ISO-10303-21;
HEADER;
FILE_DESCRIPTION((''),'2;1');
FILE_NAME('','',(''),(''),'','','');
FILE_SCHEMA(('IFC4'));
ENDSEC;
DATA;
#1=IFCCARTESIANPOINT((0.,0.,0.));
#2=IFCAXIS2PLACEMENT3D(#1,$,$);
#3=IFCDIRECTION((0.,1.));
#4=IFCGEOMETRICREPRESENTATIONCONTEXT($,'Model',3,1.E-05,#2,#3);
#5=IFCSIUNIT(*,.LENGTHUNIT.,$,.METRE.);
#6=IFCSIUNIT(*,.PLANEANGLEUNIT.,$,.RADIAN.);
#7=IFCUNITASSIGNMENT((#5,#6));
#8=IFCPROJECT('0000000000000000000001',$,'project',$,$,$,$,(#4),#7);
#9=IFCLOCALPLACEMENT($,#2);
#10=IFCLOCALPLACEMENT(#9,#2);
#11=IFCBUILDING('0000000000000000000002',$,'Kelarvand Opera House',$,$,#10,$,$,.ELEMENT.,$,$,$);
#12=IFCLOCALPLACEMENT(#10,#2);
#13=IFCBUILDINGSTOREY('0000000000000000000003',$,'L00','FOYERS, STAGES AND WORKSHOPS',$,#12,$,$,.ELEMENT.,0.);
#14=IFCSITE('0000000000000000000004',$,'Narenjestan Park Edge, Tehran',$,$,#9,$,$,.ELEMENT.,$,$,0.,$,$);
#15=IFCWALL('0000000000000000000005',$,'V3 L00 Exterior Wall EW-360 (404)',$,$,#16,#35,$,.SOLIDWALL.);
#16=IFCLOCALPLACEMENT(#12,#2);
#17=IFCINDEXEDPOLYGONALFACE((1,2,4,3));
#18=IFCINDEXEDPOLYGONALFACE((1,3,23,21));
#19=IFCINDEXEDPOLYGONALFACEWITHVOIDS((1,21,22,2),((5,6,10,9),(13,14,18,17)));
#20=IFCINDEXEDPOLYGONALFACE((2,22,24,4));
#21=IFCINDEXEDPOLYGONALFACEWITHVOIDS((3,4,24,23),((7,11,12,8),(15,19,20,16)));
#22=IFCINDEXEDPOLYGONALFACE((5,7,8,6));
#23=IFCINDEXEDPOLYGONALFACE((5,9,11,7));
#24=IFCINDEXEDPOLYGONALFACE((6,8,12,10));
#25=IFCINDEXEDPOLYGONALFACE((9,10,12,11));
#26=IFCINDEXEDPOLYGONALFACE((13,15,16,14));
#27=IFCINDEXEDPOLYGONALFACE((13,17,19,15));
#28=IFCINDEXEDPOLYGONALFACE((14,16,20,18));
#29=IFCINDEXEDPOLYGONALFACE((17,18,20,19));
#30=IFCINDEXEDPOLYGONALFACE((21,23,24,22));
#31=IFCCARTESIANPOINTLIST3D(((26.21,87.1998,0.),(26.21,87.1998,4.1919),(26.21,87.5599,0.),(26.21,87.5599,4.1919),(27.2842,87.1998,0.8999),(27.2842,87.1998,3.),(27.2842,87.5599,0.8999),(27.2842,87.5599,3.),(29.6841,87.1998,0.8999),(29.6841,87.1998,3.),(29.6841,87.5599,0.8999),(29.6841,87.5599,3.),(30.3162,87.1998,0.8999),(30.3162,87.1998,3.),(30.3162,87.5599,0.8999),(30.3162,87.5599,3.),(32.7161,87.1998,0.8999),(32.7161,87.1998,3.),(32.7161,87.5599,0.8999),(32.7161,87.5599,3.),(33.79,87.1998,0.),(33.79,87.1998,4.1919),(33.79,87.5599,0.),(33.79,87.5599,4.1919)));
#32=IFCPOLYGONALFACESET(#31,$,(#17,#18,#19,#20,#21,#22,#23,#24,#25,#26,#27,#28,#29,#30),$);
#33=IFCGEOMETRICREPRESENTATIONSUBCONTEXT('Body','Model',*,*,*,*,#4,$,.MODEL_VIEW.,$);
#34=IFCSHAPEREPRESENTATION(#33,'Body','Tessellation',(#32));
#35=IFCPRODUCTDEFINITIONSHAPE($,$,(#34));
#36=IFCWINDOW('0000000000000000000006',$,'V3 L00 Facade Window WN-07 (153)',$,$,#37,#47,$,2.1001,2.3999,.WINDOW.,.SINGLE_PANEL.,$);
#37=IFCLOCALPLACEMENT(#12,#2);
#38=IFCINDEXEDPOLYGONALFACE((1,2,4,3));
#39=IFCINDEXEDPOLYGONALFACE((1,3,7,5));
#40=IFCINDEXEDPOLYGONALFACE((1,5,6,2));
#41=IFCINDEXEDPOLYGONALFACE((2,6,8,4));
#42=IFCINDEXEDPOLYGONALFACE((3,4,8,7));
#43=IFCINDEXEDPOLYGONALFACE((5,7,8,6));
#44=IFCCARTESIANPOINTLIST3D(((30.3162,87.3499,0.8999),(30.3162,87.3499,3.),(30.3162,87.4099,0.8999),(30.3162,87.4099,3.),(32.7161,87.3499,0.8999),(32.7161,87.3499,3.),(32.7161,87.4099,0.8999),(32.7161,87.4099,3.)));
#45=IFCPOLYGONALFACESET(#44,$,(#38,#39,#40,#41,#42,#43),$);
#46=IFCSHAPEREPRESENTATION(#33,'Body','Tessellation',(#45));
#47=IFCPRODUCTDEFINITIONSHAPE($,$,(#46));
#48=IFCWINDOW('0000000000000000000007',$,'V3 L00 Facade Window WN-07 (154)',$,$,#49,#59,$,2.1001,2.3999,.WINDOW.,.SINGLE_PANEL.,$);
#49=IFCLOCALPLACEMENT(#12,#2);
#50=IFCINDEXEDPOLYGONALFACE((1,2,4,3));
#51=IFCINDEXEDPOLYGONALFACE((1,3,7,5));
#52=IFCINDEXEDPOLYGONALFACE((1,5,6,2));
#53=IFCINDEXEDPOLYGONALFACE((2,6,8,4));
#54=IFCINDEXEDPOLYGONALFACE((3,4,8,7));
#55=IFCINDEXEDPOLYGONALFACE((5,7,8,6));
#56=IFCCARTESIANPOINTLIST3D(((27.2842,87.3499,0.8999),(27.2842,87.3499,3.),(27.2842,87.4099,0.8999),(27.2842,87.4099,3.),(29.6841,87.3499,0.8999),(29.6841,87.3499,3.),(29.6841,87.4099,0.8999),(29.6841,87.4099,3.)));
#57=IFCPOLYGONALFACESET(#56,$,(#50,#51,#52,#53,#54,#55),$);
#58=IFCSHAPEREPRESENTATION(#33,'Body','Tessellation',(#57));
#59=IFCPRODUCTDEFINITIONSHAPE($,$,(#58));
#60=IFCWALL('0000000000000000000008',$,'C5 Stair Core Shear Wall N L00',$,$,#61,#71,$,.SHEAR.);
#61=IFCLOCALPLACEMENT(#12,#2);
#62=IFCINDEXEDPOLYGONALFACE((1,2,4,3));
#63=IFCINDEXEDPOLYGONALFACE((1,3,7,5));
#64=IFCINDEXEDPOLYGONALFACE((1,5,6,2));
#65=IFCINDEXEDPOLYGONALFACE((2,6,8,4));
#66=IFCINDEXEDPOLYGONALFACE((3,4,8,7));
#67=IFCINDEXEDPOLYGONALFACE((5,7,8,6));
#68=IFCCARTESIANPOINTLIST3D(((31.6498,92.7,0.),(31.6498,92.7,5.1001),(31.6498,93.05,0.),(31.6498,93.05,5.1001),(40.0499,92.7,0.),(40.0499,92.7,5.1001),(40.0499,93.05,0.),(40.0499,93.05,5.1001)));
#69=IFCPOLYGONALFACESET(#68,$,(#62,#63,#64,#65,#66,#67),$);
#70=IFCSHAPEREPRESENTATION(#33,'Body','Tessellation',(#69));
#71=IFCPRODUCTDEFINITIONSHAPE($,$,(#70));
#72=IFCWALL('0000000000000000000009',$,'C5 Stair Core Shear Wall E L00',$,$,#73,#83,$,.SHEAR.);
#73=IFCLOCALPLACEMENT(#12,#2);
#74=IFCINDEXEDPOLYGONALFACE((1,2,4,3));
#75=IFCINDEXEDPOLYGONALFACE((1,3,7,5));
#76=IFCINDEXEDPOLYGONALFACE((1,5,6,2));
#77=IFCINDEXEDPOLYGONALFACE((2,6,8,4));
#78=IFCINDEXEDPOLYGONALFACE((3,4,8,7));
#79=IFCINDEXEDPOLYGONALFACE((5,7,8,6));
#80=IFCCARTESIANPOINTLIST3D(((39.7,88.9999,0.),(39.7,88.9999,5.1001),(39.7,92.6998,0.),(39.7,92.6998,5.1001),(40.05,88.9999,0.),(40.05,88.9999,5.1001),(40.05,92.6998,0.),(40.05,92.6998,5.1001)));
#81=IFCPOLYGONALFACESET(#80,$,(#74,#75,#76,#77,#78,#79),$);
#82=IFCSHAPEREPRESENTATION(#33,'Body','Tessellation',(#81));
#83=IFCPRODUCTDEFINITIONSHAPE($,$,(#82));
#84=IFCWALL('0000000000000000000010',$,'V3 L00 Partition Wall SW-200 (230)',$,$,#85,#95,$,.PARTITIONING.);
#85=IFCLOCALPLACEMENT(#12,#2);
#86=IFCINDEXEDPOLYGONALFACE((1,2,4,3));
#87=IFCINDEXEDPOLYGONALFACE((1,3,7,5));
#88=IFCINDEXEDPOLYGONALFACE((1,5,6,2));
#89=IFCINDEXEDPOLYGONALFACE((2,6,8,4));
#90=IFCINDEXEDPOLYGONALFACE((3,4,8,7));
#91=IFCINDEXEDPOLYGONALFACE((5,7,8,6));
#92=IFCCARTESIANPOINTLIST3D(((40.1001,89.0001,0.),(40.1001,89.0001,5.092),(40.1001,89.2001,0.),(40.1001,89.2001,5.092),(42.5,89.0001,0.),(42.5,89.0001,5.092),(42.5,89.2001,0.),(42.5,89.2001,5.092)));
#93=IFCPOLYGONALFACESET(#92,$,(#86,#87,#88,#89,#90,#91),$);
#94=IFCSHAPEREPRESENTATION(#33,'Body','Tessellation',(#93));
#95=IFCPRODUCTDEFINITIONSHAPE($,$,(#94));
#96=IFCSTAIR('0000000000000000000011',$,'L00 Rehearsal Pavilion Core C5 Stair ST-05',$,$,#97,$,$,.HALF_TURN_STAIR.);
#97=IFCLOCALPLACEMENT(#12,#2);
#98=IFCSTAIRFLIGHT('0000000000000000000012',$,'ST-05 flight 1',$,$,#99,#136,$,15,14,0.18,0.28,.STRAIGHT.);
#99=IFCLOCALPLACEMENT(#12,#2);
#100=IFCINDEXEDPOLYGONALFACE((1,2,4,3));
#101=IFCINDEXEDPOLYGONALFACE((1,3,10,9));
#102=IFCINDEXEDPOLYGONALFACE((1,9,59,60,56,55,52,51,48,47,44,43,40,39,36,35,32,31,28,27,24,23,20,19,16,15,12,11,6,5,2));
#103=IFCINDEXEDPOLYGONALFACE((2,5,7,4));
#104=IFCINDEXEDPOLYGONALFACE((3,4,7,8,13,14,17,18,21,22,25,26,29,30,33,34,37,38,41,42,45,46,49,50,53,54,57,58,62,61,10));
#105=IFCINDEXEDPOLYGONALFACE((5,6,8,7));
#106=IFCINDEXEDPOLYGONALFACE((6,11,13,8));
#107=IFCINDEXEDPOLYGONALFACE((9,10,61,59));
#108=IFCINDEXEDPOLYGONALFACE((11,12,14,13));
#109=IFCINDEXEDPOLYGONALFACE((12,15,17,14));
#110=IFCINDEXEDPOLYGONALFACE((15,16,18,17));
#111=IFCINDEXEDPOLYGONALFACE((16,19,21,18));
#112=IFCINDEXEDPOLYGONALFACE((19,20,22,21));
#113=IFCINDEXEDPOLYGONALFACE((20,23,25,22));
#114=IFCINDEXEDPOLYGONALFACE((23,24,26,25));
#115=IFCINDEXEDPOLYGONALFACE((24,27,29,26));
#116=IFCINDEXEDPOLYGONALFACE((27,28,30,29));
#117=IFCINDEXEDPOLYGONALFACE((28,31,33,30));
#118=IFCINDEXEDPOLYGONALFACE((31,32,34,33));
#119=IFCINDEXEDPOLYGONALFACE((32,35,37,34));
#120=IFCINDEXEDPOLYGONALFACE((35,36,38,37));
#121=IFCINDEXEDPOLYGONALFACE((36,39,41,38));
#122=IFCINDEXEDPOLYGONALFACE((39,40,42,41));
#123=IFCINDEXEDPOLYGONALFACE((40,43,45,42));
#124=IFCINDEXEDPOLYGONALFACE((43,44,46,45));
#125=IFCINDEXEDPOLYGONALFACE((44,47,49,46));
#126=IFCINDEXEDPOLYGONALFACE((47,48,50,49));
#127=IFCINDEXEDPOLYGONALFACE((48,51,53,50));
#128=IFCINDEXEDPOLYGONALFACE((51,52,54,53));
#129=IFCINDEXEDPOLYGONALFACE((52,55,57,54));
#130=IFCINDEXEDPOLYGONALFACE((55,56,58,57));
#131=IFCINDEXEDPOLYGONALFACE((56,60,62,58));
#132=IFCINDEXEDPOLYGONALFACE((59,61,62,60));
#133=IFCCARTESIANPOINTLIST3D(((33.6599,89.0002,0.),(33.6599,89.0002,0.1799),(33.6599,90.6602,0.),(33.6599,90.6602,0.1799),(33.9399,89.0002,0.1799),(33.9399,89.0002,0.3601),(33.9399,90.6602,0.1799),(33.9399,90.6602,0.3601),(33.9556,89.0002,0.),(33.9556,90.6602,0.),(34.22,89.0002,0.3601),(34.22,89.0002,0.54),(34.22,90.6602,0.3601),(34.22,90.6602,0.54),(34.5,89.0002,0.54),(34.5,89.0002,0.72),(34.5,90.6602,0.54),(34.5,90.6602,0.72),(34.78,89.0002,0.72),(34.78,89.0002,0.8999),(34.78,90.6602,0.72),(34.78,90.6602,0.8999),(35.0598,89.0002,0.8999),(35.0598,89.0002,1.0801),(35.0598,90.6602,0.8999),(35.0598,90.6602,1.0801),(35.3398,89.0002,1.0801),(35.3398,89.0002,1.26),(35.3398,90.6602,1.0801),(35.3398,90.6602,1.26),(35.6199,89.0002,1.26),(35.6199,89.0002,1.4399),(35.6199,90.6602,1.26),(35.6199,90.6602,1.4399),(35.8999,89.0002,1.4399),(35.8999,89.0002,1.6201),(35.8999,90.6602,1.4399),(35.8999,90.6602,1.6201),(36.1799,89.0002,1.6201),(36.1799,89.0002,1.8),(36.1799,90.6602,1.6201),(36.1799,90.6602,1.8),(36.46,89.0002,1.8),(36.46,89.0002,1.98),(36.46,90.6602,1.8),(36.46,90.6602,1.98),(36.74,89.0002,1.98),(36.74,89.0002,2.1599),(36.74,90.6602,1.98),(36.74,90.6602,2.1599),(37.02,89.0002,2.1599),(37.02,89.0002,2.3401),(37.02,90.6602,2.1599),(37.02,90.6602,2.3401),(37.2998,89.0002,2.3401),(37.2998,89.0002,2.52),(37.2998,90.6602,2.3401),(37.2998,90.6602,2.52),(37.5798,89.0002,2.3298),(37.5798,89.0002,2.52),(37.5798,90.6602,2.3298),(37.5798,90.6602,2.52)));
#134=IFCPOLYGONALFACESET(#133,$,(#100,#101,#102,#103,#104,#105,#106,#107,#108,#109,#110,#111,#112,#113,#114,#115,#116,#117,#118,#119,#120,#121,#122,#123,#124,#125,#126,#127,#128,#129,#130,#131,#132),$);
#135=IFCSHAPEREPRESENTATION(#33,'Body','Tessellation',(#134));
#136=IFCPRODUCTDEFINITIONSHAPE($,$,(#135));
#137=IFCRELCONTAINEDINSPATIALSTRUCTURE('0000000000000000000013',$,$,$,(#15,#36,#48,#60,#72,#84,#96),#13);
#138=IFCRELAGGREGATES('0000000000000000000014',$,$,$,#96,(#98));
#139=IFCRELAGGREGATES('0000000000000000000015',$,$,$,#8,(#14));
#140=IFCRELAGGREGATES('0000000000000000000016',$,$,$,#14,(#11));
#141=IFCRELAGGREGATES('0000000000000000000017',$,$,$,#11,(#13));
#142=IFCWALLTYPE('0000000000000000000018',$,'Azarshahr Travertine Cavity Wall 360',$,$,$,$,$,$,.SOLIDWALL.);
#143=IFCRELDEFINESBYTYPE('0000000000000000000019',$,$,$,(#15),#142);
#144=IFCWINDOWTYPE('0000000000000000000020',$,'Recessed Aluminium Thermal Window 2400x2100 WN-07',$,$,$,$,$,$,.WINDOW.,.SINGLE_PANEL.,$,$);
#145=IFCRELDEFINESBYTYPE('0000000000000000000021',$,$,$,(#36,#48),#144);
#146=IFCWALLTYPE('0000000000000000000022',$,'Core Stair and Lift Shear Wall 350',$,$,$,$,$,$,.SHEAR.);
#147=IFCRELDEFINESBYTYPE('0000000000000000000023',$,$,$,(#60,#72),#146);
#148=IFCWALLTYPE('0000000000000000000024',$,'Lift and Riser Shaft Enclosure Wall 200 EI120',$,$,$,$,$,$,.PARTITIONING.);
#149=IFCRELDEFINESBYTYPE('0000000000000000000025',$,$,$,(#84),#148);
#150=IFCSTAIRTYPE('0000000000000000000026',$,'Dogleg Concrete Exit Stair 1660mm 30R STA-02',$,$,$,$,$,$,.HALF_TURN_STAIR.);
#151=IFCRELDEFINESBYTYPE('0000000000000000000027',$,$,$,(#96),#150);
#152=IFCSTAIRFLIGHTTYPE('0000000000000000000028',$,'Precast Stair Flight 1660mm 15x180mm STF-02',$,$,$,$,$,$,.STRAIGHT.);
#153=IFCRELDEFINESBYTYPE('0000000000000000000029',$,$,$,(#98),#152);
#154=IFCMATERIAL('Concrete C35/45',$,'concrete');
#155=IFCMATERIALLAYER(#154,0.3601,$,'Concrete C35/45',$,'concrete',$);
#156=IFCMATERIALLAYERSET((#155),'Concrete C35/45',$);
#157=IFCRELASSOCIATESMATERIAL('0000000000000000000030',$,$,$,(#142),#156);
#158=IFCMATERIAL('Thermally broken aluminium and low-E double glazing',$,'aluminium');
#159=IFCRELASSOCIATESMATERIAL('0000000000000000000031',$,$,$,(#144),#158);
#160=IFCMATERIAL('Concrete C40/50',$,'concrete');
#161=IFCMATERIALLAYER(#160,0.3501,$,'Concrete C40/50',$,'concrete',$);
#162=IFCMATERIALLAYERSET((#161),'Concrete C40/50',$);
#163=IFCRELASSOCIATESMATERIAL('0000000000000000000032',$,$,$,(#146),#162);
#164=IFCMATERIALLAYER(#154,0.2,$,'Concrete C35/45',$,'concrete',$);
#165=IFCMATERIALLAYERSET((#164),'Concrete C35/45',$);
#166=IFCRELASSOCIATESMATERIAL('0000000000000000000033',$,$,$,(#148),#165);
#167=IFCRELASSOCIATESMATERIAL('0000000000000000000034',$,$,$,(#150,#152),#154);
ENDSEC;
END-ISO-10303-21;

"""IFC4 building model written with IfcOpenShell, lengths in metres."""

from ifc_helpers import new_model, si_unit, direction, frame, frame_2d, origin, place, context, subcontext, project, spatial, polyline, rectangle, outline, extrude, material, layer, layer_set, type_object, element, fill, aggregate, save


model = new_model("IFC4")

# Units and contexts
model_context = context("Model", 3, precision=1e-05, world=origin(), true_north=direction((0.0, 1.0)))
body_context = subcontext(model_context, "Body", "Model", "MODEL_VIEW")
ifc_project = project(units=[si_unit("LENGTHUNIT", "METRE"), si_unit("PLANEANGLEUNIT", "RADIAN")], contexts=[model_context])

# Site, building, storey
site_placement = place(None, origin())
site = spatial("IfcSite", under=ifc_project, at=site_placement, Name="Narenjestan Park Edge, Tehran", CompositionType="ELEMENT", RefElevation=0.0)
building_placement = place(site_placement, origin())
building = spatial("IfcBuilding", under=site, at=building_placement, Name="Kelarvand Opera House", CompositionType="ELEMENT")
storey_placement = place(building_placement, origin())
storey = spatial("IfcBuildingStorey", under=building, at=storey_placement, Name="L00", Description="FOYERS, STAGES AND WORKSHOPS", CompositionType="ELEMENT", Elevation=0.0)

# Shared definitions
ifc_material_1 = material(Name="Concrete C40/50", Category="concrete")

# Shared definitions
ifc_material_2 = material(Name="Concrete C35/45", Category="concrete")

# Shared definitions
ifc_layer_1 = layer(ifc_material_2, 0.3601, Name="Concrete C35/45", Category="concrete")
ifc_layer_set_1 = layer_set([ifc_layer_1], Name="Concrete C35/45")
wall_type_1 = type_object("IfcWallType", Name="Azarshahr Travertine Cavity Wall 360", PredefinedType="SOLIDWALL", material=ifc_layer_set_1)

# Wall, openings, windows
ifc_material_3 = material(Name="Thermally broken aluminium and low-E double glazing", Category="aluminium")
wall_1_placement = place(storey_placement, frame((33.79, 87.3799, 0.0), z_axis=(0.0, 0.0, 1.0), x_axis=(-1.0, 0.0, 0.0)))
wall_1 = element("IfcWall", 1, at=wall_1_placement, inside=storey, type_object=wall_type_1, Name="V3 L00 Exterior Wall EW-360 (404)", PredefinedType="SOLIDWALL", context=body_context, shape_type="SweptSolid", body=[
    extrude(rectangle(XDim=7.5801, YDim=0.3601, at=frame_2d((3.79, 0.0))), origin(), (0.0, 0.0, 1.0), 4.1919),
])
opening_1_placement = place(wall_1_placement, frame((1.074, 0.0, 0.8999)))
opening_1 = element("IfcOpeningElement", 2, at=opening_1_placement, cuts=wall_1, PredefinedType="OPENING", context=body_context, shape_type="SweptSolid", body=[
    extrude(rectangle(XDim=2.3999, YDim=2.1001, at=frame_2d((1.2, 1.05))), frame((0.0, 0.1899, 0.0), z_axis=(0.0, -1.0, 0.0), x_axis=(1.0, 0.0, 0.0)), (0.0, 0.0, 1.0), 0.3801),
])
opening_2_placement = place(wall_1_placement, frame((4.106, 0.0, 0.8999)))
opening_2 = element("IfcOpeningElement", 3, at=opening_2_placement, cuts=wall_1, PredefinedType="OPENING", context=body_context, shape_type="SweptSolid", body=[
    extrude(rectangle(XDim=2.3999, YDim=2.1001, at=frame_2d((1.2, 1.05))), frame((0.0, 0.1899, 0.0), z_axis=(0.0, -1.0, 0.0), x_axis=(1.0, 0.0, 0.0)), (0.0, 0.0, 1.0), 0.3801),
])
window_type_1 = type_object("IfcWindowType", Name="Recessed Aluminium Thermal Window 2400x2100 WN-07", PartitioningType="SINGLE_PANEL", PredefinedType="WINDOW", material=ifc_material_3)
window_1_placement = place(opening_1_placement, origin())
window_1 = element("IfcWindow", 4, at=window_1_placement, inside=storey, type_object=window_type_1, Name="V3 L00 Facade Window WN-07 (153)", OverallHeight=2.1001, OverallWidth=2.3999, PartitioningType="SINGLE_PANEL", PredefinedType="WINDOW", context=body_context, shape_type="SweptSolid", body=[
    extrude(rectangle(XDim=2.3999, YDim=2.1001, at=frame_2d((1.2, 1.05))), frame((0.0, 0.03, 0.0), z_axis=(0.0, -1.0, 0.0), x_axis=(1.0, 0.0, 0.0)), (0.0, 0.0, 1.0), 0.0601),
])
fill(opening_1, window_1)
window_2_placement = place(opening_2_placement, origin())
window_2 = element("IfcWindow", 5, at=window_2_placement, inside=storey, type_object=window_type_1, Name="V3 L00 Facade Window WN-07 (154)", OverallHeight=2.1001, OverallWidth=2.3999, PartitioningType="SINGLE_PANEL", PredefinedType="WINDOW", context=body_context, shape_type="SweptSolid", body=[
    extrude(rectangle(XDim=2.3999, YDim=2.1001, at=frame_2d((1.2, 1.05))), frame((0.0, 0.03, 0.0), z_axis=(0.0, -1.0, 0.0), x_axis=(1.0, 0.0, 0.0)), (0.0, 0.0, 1.0), 0.0601),
])
fill(opening_2, window_2)

# Walls
ifc_layer_2 = layer(ifc_material_1, 0.3501, Name="Concrete C40/50", Category="concrete")
ifc_layer_set_2 = layer_set([ifc_layer_2], Name="Concrete C40/50")
wall_type_2 = type_object("IfcWallType", Name="Core Stair and Lift Shear Wall 350", PredefinedType="SHEAR", material=ifc_layer_set_2)
wall_2_placement = place(storey_placement, frame((40.05, 92.875, 0.0), z_axis=(0.0, 0.0, 1.0), x_axis=(-1.0, 0.0, 0.0)))
element("IfcWall", 6, at=wall_2_placement, inside=storey, type_object=wall_type_2, Name="C5 Stair Core Shear Wall N L00", PredefinedType="SHEAR", context=body_context, shape_type="SweptSolid", body=[
    extrude(rectangle(XDim=8.4001, YDim=0.3501, at=frame_2d((4.2002, 0.0))), origin(), (0.0, 0.0, 1.0), 5.1001),
])
wall_3_placement = place(storey_placement, frame((39.875, 92.7, 0.0), z_axis=(0.0, 0.0, 1.0), x_axis=(0.0, -1.0, 0.0)))
element("IfcWall", 7, at=wall_3_placement, inside=storey, type_object=wall_type_2, Name="C5 Stair Core Shear Wall E L00", PredefinedType="SHEAR", context=body_context, shape_type="SweptSolid", body=[
    extrude(rectangle(XDim=3.7, YDim=0.3501, at=frame_2d((1.8501, 0.0))), origin(), (0.0, 0.0, 1.0), 5.1001),
])
ifc_layer_3 = layer(ifc_material_2, 0.2, Name="Concrete C35/45", Category="concrete")
ifc_layer_set_3 = layer_set([ifc_layer_3], Name="Concrete C35/45")
wall_type_3 = type_object("IfcWallType", Name="Lift and Riser Shaft Enclosure Wall 200 EI120", PredefinedType="PARTITIONING", material=ifc_layer_set_3)
wall_4_placement = place(storey_placement, frame((40.1001, 89.1001, 0.0), z_axis=(0.0, 0.0, 1.0), x_axis=(1.0, 0.0, 0.0)))
element("IfcWall", 8, at=wall_4_placement, inside=storey, type_object=wall_type_3, Name="V3 L00 Partition Wall SW-200 (230)", PredefinedType="PARTITIONING", context=body_context, shape_type="SweptSolid", body=[
    extrude(rectangle(XDim=2.3999, YDim=0.2, at=frame_2d((1.2, 0.0))), origin(), (0.0, 0.0, 1.0), 5.092),
])

# Stair, stair flight
stair_type = type_object("IfcStairType", Name="Dogleg Concrete Exit Stair 1660mm 30R STA-02", PredefinedType="HALF_TURN_STAIR", material=ifc_material_2)
stair_placement = place(storey_placement, origin())
stair = element("IfcStair", 9, at=stair_placement, inside=storey, type_object=stair_type, Name="L00 Rehearsal Pavilion Core C5 Stair ST-05", PredefinedType="HALF_TURN_STAIR")
stair_flight_type = type_object("IfcStairFlightType", Name="Precast Stair Flight 1660mm 15x180mm STF-02", PredefinedType="STRAIGHT", material=ifc_material_2)
stair_flight_1_placement = place(storey_placement, frame((33.6599, 89.8301, 0.0), z_axis=(0.0, 0.0, 1.0), x_axis=(1.0, 0.0, 0.0)))
stair_flight_1 = element("IfcStairFlight", 10, at=stair_flight_1_placement, type_object=stair_flight_type, Name="ST-05 flight 1", NumberOfRisers=15, NumberOfTreads=14, PredefinedType="STRAIGHT", RiserHeight=0.18, TreadLength=0.28, context=body_context, shape_type="SweptSolid", body=[
    extrude(outline(polyline([(0.0, 0.0), (0.0, 0.1799), (0.28, 0.1799), (0.28, 0.3601), (0.5601, 0.3601), (0.5601, 0.54), (0.8401, 0.54), (0.8401, 0.72), (1.1201, 0.72), (1.1201, 0.8999), (1.3999, 0.8999), (1.3999, 1.0801), (1.6799, 1.0801), (1.6799, 1.26), (1.96, 1.26), (1.96, 1.4399), (2.24, 1.4399), (2.24, 1.6201), (2.52, 1.6201), (2.52, 1.8), (2.8, 1.8), (2.8, 1.98), (3.0801, 1.98), (3.0801, 2.1599), (3.3601, 2.1599), (3.3601, 2.3401), (3.6399, 2.3401), (3.6399, 2.52), (3.9199, 2.52), (3.9199, 2.7), (3.9199, 2.3298), (0.2957, 0.0), (0.0, 0.0)])), frame((0.0, 0.8301, 0.0), z_axis=(0.0, -1.0, 0.0), x_axis=(1.0, 0.0, 0.0)), (0.0, 0.0, 1.0), 1.6599),
])
aggregate(stair, [stair_flight_1])

save(model, "model.ifc")
